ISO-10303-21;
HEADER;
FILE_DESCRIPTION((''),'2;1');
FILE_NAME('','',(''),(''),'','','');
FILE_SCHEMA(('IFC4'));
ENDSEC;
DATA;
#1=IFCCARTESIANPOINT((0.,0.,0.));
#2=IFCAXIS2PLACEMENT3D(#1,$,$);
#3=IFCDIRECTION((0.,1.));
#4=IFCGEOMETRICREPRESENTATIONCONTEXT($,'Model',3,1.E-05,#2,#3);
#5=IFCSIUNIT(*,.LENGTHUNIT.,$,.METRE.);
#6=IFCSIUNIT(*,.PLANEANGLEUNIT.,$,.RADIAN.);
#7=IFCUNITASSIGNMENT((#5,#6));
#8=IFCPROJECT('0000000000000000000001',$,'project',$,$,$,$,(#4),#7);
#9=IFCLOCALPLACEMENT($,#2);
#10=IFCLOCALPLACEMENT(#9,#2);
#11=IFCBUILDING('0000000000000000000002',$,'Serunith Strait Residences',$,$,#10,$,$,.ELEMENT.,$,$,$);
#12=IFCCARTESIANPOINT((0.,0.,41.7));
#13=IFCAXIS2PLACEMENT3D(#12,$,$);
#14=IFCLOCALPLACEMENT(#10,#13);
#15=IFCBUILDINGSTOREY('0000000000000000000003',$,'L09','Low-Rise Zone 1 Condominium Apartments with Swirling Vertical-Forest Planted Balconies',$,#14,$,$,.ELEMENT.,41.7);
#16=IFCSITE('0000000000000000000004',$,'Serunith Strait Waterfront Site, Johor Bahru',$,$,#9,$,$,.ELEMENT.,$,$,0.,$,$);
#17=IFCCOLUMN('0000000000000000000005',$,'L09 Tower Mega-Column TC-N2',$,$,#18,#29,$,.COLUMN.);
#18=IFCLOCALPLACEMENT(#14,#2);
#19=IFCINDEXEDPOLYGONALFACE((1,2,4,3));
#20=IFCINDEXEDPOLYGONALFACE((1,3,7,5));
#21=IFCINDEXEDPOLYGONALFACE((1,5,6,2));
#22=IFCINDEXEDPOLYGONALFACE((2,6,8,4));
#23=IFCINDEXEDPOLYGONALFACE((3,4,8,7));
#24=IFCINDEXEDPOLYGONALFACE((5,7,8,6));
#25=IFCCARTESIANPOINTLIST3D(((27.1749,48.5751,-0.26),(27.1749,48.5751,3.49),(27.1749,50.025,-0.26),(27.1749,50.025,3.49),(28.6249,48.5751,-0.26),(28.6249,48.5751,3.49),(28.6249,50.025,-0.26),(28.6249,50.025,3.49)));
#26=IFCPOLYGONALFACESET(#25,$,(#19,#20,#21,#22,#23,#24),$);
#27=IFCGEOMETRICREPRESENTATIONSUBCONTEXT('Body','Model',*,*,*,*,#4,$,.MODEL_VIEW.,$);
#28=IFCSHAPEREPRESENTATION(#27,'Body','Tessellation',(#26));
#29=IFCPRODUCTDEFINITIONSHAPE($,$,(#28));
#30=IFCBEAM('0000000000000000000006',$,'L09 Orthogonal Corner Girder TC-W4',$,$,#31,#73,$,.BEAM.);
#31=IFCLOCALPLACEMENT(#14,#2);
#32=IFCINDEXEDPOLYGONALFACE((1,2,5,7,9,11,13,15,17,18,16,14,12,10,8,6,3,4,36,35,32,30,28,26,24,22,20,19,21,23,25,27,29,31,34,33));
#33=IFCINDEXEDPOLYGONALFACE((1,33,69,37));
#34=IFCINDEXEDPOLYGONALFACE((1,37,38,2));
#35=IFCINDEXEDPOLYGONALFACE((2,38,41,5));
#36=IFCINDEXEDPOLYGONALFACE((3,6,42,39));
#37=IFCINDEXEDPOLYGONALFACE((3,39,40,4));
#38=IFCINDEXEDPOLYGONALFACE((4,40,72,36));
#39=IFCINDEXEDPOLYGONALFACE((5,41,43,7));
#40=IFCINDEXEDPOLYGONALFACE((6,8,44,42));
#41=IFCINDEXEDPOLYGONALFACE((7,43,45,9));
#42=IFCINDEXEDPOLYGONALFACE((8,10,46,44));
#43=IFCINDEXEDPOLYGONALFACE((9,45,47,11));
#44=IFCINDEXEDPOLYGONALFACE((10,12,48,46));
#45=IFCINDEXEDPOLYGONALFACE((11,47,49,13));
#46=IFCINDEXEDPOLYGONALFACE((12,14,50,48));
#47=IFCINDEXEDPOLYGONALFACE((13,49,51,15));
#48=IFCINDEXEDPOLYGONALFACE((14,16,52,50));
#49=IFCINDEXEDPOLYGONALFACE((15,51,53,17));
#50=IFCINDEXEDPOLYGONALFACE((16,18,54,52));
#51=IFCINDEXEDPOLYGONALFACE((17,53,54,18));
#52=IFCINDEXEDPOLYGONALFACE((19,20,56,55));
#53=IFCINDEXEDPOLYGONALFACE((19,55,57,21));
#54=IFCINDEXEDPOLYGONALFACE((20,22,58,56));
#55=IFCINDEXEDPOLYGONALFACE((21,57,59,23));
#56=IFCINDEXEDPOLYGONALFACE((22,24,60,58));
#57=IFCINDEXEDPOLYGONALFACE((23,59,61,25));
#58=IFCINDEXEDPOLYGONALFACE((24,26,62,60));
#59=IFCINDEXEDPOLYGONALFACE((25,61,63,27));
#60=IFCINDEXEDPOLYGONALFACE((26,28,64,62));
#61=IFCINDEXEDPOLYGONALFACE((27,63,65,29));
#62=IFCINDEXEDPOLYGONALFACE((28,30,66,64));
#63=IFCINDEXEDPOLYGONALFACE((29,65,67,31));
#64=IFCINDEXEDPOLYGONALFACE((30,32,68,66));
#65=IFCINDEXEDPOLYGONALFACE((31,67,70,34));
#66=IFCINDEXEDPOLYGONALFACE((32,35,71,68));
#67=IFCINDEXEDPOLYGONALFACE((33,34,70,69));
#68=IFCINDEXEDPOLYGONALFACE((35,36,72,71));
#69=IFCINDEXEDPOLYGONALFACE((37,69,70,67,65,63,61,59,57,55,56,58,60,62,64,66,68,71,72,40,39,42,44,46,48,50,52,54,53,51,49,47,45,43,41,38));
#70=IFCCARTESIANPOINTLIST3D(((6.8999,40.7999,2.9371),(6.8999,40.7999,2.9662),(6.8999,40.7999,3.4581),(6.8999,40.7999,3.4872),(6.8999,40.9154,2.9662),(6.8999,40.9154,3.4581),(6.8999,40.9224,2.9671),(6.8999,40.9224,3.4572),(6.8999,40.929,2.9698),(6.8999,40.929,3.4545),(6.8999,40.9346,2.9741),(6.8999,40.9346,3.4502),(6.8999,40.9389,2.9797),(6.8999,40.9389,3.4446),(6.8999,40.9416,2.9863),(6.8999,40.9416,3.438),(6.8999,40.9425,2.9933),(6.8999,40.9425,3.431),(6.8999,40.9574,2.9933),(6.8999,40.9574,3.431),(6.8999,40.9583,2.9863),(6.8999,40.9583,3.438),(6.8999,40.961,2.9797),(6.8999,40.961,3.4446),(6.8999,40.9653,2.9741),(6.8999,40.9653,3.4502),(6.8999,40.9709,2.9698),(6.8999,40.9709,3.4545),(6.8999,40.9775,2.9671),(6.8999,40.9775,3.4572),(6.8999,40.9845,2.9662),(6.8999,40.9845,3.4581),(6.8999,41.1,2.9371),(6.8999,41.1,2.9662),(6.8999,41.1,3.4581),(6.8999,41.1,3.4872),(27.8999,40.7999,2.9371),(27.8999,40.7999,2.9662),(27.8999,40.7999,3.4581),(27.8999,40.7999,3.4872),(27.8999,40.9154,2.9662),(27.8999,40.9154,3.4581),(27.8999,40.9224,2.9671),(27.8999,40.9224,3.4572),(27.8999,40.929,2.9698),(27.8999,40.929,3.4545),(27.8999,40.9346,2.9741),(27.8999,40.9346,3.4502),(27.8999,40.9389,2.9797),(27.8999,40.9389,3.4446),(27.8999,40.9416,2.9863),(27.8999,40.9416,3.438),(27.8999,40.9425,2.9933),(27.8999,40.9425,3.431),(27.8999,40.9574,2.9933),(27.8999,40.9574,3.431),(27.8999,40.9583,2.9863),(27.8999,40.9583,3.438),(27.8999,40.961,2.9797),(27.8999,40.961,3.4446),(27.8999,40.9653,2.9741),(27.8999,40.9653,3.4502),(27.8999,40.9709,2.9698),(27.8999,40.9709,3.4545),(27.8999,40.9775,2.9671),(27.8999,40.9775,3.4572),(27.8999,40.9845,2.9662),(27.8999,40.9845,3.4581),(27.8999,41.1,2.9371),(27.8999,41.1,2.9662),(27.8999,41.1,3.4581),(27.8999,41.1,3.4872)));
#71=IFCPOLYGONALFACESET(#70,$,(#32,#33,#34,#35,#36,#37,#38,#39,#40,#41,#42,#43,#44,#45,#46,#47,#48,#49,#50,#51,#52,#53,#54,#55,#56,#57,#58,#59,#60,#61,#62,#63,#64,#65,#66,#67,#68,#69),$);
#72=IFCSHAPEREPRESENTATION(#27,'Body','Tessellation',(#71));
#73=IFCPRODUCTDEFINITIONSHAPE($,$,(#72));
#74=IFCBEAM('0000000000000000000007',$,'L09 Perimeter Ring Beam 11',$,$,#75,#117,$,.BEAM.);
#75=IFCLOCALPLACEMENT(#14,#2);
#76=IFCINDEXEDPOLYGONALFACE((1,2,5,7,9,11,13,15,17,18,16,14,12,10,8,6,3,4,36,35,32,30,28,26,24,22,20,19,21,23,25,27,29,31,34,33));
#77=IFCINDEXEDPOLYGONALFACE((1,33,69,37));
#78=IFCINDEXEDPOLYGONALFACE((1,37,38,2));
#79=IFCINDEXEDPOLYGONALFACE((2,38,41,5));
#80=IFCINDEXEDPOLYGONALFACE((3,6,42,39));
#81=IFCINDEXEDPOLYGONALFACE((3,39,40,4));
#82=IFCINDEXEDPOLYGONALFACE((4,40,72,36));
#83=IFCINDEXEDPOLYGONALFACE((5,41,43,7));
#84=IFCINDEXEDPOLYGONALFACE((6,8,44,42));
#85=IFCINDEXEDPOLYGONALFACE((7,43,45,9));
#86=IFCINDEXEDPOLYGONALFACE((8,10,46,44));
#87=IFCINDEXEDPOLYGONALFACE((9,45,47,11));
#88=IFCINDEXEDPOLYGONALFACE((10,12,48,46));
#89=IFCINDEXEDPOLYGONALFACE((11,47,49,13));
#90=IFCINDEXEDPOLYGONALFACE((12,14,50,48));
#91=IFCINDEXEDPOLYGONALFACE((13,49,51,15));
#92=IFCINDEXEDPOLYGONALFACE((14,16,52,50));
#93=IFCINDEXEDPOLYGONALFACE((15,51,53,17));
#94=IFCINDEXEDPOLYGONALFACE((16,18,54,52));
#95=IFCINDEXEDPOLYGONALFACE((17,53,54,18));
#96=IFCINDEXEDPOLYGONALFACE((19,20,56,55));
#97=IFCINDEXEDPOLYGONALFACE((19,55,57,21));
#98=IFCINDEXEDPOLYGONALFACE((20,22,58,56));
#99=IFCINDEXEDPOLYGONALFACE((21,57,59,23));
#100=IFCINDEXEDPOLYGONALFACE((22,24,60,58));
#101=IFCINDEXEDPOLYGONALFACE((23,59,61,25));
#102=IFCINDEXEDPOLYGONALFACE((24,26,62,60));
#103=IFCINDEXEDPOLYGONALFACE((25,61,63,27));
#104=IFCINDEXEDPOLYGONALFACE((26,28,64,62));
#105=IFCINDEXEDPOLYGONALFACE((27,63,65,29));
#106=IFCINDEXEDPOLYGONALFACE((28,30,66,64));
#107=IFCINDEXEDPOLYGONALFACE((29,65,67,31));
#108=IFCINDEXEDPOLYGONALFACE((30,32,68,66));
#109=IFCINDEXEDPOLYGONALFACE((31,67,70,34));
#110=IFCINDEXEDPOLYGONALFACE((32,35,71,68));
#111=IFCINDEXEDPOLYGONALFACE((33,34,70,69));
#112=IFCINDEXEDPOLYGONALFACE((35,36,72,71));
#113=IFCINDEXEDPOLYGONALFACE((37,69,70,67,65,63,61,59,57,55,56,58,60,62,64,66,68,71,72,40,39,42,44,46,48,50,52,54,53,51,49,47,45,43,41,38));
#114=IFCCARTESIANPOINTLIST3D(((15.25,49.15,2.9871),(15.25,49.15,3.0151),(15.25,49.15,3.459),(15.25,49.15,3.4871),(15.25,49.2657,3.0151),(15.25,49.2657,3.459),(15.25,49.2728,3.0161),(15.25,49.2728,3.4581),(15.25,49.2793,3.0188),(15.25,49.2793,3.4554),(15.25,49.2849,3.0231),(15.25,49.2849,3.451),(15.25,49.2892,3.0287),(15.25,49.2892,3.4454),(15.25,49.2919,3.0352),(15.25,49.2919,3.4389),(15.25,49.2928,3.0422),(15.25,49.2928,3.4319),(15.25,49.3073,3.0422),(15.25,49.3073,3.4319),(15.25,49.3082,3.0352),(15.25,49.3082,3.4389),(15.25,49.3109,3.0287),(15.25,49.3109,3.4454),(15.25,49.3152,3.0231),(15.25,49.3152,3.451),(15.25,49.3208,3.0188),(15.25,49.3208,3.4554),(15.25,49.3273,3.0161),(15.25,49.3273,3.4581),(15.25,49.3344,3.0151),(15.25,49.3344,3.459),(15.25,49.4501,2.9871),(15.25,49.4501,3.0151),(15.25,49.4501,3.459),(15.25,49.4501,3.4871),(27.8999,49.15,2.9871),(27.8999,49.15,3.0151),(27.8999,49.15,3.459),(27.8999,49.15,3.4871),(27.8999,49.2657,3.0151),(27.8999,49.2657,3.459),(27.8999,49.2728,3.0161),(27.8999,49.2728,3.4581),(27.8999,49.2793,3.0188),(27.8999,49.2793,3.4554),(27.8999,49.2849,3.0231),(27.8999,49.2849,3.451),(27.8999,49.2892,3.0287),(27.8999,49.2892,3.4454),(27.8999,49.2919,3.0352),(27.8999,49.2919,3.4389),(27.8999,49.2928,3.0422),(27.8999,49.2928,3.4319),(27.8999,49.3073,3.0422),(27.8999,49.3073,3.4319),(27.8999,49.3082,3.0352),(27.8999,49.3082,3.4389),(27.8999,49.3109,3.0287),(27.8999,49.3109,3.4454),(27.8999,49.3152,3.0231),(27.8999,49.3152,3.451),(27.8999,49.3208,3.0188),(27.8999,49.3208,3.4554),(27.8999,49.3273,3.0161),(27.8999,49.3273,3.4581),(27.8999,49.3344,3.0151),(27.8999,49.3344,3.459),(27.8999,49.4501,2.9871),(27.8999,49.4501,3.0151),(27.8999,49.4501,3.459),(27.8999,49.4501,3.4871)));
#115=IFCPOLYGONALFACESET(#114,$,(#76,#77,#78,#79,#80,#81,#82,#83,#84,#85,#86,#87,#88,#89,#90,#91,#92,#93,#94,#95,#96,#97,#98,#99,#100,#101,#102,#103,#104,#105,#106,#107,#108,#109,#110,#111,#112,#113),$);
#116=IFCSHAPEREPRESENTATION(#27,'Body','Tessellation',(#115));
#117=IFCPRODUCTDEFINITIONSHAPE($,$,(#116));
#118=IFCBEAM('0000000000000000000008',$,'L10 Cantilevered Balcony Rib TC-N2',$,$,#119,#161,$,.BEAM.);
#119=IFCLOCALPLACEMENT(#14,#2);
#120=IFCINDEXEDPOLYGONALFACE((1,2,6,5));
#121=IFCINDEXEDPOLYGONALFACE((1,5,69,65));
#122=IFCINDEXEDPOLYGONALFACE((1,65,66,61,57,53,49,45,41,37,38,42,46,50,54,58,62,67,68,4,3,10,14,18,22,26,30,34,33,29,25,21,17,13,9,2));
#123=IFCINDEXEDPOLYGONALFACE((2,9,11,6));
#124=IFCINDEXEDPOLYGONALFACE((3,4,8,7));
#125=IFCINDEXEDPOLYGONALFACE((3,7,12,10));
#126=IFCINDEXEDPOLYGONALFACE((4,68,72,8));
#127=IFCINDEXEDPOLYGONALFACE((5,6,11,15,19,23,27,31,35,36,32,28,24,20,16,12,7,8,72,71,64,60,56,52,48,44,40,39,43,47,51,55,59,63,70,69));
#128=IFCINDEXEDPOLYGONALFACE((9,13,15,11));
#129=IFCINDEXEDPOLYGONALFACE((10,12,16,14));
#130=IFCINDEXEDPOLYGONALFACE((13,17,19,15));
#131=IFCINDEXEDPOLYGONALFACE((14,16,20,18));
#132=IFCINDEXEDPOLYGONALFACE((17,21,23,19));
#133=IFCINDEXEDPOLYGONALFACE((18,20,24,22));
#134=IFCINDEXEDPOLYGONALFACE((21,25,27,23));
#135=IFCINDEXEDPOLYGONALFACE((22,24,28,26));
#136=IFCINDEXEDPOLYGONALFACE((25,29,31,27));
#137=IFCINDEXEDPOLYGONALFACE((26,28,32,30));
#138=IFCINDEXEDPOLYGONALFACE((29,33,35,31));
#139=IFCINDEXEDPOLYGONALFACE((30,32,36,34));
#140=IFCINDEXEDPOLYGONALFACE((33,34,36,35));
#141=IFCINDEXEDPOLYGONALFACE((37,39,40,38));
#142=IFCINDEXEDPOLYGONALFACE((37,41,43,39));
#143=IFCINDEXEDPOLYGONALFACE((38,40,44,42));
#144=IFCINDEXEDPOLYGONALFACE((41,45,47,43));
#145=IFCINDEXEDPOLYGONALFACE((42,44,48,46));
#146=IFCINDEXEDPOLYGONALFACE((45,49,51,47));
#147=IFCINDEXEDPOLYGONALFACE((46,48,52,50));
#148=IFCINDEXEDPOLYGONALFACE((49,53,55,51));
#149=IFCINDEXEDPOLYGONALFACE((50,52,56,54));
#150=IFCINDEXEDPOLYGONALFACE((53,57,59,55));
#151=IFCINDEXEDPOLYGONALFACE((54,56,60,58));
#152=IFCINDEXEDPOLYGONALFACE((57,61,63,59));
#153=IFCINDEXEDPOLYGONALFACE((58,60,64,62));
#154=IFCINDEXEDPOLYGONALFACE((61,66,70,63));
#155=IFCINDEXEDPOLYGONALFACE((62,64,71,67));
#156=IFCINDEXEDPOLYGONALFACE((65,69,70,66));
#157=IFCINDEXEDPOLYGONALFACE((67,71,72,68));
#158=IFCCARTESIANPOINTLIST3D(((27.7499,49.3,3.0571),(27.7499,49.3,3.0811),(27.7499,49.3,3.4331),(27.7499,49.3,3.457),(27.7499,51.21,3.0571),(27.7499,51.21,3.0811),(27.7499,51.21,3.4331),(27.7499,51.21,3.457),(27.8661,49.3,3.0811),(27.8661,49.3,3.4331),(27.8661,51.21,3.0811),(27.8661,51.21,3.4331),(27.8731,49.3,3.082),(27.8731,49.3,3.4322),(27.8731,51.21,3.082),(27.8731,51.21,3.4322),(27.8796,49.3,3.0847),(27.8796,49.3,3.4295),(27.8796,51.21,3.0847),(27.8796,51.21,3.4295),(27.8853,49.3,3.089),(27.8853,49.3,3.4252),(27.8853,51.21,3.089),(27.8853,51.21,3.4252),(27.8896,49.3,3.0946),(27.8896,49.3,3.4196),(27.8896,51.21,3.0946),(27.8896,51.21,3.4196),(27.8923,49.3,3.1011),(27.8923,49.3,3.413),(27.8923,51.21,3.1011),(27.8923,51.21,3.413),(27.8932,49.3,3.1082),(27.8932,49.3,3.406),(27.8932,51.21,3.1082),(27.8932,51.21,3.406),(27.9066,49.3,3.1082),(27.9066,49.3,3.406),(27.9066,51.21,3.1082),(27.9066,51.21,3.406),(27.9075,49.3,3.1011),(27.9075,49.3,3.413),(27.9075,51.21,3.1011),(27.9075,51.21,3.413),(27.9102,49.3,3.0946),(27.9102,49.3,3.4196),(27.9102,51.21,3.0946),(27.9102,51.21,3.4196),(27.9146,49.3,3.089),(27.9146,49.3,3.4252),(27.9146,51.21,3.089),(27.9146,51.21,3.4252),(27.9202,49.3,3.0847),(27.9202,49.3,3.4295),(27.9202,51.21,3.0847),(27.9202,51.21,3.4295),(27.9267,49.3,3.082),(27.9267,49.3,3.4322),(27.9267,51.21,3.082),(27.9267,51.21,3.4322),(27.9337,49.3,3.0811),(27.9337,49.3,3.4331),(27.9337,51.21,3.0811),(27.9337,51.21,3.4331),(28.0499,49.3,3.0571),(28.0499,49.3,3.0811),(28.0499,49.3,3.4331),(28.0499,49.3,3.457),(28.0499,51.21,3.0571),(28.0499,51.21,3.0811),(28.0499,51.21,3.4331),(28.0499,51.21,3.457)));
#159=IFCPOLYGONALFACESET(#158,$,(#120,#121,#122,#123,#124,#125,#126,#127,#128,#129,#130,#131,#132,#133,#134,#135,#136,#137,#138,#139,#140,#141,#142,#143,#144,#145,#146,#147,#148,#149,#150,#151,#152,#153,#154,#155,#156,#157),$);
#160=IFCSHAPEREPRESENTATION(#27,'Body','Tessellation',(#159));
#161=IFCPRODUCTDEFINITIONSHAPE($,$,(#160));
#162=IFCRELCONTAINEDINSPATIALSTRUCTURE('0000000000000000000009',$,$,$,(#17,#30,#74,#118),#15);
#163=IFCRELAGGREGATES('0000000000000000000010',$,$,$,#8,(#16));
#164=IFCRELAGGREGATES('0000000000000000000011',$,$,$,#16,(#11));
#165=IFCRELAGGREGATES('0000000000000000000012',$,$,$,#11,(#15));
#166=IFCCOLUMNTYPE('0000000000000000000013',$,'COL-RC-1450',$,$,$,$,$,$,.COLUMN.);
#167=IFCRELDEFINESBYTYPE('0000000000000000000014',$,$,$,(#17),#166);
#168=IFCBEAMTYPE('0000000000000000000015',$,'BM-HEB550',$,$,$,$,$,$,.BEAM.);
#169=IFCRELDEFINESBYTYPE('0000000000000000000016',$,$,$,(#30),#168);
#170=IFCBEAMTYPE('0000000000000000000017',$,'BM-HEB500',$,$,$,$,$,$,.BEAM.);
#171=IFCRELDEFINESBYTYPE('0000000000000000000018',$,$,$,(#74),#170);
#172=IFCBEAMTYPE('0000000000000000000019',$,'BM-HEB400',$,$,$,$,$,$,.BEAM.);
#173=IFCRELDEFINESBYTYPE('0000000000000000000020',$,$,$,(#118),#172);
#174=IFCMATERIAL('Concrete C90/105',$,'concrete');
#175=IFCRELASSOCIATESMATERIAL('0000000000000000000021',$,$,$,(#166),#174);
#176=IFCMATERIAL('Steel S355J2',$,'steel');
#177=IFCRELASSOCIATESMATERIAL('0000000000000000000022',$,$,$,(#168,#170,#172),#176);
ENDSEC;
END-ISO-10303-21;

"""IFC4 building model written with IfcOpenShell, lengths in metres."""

from ifc_helpers import new_model, si_unit, direction, frame, origin, origin_2d, place, context, subcontext, project, spatial, rectangle, i_section, extrude, source, transform, mapped, material, material_profile, profile_set, type_object, element, save


model = new_model("IFC4")

# Units and contexts
model_context = context("Model", 3, precision=1e-05, world=origin(), true_north=direction((0.0, 1.0)))
body_context = subcontext(model_context, "Body", "Model", "MODEL_VIEW")
ifc_project = project(units=[si_unit("LENGTHUNIT", "METRE"), si_unit("PLANEANGLEUNIT", "RADIAN")], contexts=[model_context])

# Site, building, storey
site_placement = place(None, origin())
site = spatial("IfcSite", under=ifc_project, at=site_placement, Name="Serunith Strait Waterfront Site, Johor Bahru", CompositionType="ELEMENT", RefElevation=0.0)
building_placement = place(site_placement, origin())
building = spatial("IfcBuilding", under=site, at=building_placement, Name="Serunith Strait Residences", CompositionType="ELEMENT")
storey_placement = place(building_placement, frame((0.0, 0.0, 41.7)))
storey = spatial("IfcBuildingStorey", under=building, at=storey_placement, Name="L09", Description="Low-Rise Zone 1 Condominium Apartments with Swirling Vertical-Forest Planted Balconies", CompositionType="ELEMENT", Elevation=41.7)

# Column
ifc_material_1 = material(Name="Concrete C90/105", Category="concrete")
ifc_material_profile_1 = material_profile(ifc_material_1, rectangle(XDim=1.45, YDim=1.45, at=origin_2d()), Name="RC 1450x1450")
ifc_profile_set_1 = profile_set([ifc_material_profile_1], Name="Concrete C90/105")
column_type = type_object("IfcColumnType", Name="COL-RC-1450", PredefinedType="COLUMN", material=ifc_profile_set_1)
shared_shape_1 = source(origin(), body_context, "Body", "SweptSolid", [
    extrude(rectangle(XDim=1.45, YDim=1.45, at=origin_2d()), origin(), (0.0, 0.0, 1.0), 3.75),
])
column_placement = place(storey_placement, frame((27.8999, 49.3, -0.26), z_axis=(0.0, 0.0, 1.0), x_axis=(1.0, 0.0, 0.0)))
element("IfcColumn", 1, at=column_placement, inside=storey, type_object=column_type, Name="L09 Tower Mega-Column TC-N2", PredefinedType="COLUMN", context=body_context, shape_type="MappedRepresentation", body=[
    mapped(shared_shape_1, transform((0.0, 0.0, 0.0), scale=1.0)),
])

# Beams
ifc_material_2 = material(Name="Steel S355J2", Category="steel")
ifc_material_profile_2 = material_profile(ifc_material_2, i_section(OverallWidth=0.3, OverallDepth=0.55, WebThickness=0.0149, FlangeThickness=0.0291, FilletRadius=0.0271, at=origin_2d()), Name="HEB 550")
ifc_profile_set_2 = profile_set([ifc_material_profile_2], Name="Steel S355J2")
beam_type_1 = type_object("IfcBeamType", Name="BM-HEB550", PredefinedType="BEAM", material=ifc_profile_set_2)
shared_shape_2 = source(origin(), body_context, "Body", "SweptSolid", [
    extrude(i_section(OverallWidth=0.3, OverallDepth=0.55, WebThickness=0.0149, FlangeThickness=0.0291, FilletRadius=0.0271, at=origin_2d()), origin(), (0.0, 0.0, 1.0), 21.0),
])
beam_1_placement = place(storey_placement, frame((27.8999, 40.95, 3.2122), z_axis=(-1.0, 0.0, 0.0), x_axis=(0.0, -1.0, 0.0)))
element("IfcBeam", 2, at=beam_1_placement, inside=storey, type_object=beam_type_1, Name="L09 Orthogonal Corner Girder TC-W4", PredefinedType="BEAM", context=body_context, shape_type="MappedRepresentation", body=[
    mapped(shared_shape_2, transform((0.0, 0.0, 0.0), scale=1.0)),
])
ifc_material_profile_3 = material_profile(ifc_material_2, i_section(OverallWidth=0.3, OverallDepth=0.5, WebThickness=0.0144, FlangeThickness=0.0281, FilletRadius=0.0271, at=origin_2d()), Name="HEB 500")
ifc_profile_set_3 = profile_set([ifc_material_profile_3], Name="Steel S355J2")
beam_type_2 = type_object("IfcBeamType", Name="BM-HEB500", PredefinedType="BEAM", material=ifc_profile_set_3)
shared_shape_3 = source(origin(), body_context, "Body", "SweptSolid", [
    extrude(i_section(OverallWidth=0.3, OverallDepth=0.5, WebThickness=0.0144, FlangeThickness=0.0281, FilletRadius=0.0271, at=origin_2d()), origin(), (0.0, 0.0, 1.0), 12.6499),
])
beam_2_placement = place(storey_placement, frame((27.8999, 49.3, 3.2371), z_axis=(-1.0, 0.0, 0.0), x_axis=(0.0, -1.0, 0.0)))
element("IfcBeam", 3, at=beam_2_placement, inside=storey, type_object=beam_type_2, Name="L09 Perimeter Ring Beam 11", PredefinedType="BEAM", context=body_context, shape_type="MappedRepresentation", body=[
    mapped(shared_shape_3, transform((0.0, 0.0, 0.0), scale=1.0)),
])
ifc_material_profile_4 = material_profile(ifc_material_2, i_section(OverallWidth=0.3, OverallDepth=0.3999, WebThickness=0.0134, FlangeThickness=0.0239, FilletRadius=0.0271, at=origin_2d()), Name="HEB 400")
ifc_profile_set_4 = profile_set([ifc_material_profile_4], Name="Steel S355J2")
beam_type_3 = type_object("IfcBeamType", Name="BM-HEB400", PredefinedType="BEAM", material=ifc_profile_set_4)
shared_shape_4 = source(origin(), body_context, "Body", "SweptSolid", [
    extrude(i_section(OverallWidth=0.3, OverallDepth=0.3999, WebThickness=0.0134, FlangeThickness=0.0239, FilletRadius=0.0271, at=origin_2d()), origin(), (0.0, 0.0, 1.0), 1.9099),
])
beam_3_placement = place(storey_placement, frame((27.8999, 49.3, 3.2571), z_axis=(0.0, 1.0, 0.0), x_axis=(-1.0, 0.0, 0.0)))
element("IfcBeam", 4, at=beam_3_placement, inside=storey, type_object=beam_type_3, Name="L10 Cantilevered Balcony Rib TC-N2", PredefinedType="BEAM", context=body_context, shape_type="MappedRepresentation", body=[
    mapped(shared_shape_4, transform((0.0, 0.0, 0.0), scale=1.0)),
])

save(model, "model.ifc")
